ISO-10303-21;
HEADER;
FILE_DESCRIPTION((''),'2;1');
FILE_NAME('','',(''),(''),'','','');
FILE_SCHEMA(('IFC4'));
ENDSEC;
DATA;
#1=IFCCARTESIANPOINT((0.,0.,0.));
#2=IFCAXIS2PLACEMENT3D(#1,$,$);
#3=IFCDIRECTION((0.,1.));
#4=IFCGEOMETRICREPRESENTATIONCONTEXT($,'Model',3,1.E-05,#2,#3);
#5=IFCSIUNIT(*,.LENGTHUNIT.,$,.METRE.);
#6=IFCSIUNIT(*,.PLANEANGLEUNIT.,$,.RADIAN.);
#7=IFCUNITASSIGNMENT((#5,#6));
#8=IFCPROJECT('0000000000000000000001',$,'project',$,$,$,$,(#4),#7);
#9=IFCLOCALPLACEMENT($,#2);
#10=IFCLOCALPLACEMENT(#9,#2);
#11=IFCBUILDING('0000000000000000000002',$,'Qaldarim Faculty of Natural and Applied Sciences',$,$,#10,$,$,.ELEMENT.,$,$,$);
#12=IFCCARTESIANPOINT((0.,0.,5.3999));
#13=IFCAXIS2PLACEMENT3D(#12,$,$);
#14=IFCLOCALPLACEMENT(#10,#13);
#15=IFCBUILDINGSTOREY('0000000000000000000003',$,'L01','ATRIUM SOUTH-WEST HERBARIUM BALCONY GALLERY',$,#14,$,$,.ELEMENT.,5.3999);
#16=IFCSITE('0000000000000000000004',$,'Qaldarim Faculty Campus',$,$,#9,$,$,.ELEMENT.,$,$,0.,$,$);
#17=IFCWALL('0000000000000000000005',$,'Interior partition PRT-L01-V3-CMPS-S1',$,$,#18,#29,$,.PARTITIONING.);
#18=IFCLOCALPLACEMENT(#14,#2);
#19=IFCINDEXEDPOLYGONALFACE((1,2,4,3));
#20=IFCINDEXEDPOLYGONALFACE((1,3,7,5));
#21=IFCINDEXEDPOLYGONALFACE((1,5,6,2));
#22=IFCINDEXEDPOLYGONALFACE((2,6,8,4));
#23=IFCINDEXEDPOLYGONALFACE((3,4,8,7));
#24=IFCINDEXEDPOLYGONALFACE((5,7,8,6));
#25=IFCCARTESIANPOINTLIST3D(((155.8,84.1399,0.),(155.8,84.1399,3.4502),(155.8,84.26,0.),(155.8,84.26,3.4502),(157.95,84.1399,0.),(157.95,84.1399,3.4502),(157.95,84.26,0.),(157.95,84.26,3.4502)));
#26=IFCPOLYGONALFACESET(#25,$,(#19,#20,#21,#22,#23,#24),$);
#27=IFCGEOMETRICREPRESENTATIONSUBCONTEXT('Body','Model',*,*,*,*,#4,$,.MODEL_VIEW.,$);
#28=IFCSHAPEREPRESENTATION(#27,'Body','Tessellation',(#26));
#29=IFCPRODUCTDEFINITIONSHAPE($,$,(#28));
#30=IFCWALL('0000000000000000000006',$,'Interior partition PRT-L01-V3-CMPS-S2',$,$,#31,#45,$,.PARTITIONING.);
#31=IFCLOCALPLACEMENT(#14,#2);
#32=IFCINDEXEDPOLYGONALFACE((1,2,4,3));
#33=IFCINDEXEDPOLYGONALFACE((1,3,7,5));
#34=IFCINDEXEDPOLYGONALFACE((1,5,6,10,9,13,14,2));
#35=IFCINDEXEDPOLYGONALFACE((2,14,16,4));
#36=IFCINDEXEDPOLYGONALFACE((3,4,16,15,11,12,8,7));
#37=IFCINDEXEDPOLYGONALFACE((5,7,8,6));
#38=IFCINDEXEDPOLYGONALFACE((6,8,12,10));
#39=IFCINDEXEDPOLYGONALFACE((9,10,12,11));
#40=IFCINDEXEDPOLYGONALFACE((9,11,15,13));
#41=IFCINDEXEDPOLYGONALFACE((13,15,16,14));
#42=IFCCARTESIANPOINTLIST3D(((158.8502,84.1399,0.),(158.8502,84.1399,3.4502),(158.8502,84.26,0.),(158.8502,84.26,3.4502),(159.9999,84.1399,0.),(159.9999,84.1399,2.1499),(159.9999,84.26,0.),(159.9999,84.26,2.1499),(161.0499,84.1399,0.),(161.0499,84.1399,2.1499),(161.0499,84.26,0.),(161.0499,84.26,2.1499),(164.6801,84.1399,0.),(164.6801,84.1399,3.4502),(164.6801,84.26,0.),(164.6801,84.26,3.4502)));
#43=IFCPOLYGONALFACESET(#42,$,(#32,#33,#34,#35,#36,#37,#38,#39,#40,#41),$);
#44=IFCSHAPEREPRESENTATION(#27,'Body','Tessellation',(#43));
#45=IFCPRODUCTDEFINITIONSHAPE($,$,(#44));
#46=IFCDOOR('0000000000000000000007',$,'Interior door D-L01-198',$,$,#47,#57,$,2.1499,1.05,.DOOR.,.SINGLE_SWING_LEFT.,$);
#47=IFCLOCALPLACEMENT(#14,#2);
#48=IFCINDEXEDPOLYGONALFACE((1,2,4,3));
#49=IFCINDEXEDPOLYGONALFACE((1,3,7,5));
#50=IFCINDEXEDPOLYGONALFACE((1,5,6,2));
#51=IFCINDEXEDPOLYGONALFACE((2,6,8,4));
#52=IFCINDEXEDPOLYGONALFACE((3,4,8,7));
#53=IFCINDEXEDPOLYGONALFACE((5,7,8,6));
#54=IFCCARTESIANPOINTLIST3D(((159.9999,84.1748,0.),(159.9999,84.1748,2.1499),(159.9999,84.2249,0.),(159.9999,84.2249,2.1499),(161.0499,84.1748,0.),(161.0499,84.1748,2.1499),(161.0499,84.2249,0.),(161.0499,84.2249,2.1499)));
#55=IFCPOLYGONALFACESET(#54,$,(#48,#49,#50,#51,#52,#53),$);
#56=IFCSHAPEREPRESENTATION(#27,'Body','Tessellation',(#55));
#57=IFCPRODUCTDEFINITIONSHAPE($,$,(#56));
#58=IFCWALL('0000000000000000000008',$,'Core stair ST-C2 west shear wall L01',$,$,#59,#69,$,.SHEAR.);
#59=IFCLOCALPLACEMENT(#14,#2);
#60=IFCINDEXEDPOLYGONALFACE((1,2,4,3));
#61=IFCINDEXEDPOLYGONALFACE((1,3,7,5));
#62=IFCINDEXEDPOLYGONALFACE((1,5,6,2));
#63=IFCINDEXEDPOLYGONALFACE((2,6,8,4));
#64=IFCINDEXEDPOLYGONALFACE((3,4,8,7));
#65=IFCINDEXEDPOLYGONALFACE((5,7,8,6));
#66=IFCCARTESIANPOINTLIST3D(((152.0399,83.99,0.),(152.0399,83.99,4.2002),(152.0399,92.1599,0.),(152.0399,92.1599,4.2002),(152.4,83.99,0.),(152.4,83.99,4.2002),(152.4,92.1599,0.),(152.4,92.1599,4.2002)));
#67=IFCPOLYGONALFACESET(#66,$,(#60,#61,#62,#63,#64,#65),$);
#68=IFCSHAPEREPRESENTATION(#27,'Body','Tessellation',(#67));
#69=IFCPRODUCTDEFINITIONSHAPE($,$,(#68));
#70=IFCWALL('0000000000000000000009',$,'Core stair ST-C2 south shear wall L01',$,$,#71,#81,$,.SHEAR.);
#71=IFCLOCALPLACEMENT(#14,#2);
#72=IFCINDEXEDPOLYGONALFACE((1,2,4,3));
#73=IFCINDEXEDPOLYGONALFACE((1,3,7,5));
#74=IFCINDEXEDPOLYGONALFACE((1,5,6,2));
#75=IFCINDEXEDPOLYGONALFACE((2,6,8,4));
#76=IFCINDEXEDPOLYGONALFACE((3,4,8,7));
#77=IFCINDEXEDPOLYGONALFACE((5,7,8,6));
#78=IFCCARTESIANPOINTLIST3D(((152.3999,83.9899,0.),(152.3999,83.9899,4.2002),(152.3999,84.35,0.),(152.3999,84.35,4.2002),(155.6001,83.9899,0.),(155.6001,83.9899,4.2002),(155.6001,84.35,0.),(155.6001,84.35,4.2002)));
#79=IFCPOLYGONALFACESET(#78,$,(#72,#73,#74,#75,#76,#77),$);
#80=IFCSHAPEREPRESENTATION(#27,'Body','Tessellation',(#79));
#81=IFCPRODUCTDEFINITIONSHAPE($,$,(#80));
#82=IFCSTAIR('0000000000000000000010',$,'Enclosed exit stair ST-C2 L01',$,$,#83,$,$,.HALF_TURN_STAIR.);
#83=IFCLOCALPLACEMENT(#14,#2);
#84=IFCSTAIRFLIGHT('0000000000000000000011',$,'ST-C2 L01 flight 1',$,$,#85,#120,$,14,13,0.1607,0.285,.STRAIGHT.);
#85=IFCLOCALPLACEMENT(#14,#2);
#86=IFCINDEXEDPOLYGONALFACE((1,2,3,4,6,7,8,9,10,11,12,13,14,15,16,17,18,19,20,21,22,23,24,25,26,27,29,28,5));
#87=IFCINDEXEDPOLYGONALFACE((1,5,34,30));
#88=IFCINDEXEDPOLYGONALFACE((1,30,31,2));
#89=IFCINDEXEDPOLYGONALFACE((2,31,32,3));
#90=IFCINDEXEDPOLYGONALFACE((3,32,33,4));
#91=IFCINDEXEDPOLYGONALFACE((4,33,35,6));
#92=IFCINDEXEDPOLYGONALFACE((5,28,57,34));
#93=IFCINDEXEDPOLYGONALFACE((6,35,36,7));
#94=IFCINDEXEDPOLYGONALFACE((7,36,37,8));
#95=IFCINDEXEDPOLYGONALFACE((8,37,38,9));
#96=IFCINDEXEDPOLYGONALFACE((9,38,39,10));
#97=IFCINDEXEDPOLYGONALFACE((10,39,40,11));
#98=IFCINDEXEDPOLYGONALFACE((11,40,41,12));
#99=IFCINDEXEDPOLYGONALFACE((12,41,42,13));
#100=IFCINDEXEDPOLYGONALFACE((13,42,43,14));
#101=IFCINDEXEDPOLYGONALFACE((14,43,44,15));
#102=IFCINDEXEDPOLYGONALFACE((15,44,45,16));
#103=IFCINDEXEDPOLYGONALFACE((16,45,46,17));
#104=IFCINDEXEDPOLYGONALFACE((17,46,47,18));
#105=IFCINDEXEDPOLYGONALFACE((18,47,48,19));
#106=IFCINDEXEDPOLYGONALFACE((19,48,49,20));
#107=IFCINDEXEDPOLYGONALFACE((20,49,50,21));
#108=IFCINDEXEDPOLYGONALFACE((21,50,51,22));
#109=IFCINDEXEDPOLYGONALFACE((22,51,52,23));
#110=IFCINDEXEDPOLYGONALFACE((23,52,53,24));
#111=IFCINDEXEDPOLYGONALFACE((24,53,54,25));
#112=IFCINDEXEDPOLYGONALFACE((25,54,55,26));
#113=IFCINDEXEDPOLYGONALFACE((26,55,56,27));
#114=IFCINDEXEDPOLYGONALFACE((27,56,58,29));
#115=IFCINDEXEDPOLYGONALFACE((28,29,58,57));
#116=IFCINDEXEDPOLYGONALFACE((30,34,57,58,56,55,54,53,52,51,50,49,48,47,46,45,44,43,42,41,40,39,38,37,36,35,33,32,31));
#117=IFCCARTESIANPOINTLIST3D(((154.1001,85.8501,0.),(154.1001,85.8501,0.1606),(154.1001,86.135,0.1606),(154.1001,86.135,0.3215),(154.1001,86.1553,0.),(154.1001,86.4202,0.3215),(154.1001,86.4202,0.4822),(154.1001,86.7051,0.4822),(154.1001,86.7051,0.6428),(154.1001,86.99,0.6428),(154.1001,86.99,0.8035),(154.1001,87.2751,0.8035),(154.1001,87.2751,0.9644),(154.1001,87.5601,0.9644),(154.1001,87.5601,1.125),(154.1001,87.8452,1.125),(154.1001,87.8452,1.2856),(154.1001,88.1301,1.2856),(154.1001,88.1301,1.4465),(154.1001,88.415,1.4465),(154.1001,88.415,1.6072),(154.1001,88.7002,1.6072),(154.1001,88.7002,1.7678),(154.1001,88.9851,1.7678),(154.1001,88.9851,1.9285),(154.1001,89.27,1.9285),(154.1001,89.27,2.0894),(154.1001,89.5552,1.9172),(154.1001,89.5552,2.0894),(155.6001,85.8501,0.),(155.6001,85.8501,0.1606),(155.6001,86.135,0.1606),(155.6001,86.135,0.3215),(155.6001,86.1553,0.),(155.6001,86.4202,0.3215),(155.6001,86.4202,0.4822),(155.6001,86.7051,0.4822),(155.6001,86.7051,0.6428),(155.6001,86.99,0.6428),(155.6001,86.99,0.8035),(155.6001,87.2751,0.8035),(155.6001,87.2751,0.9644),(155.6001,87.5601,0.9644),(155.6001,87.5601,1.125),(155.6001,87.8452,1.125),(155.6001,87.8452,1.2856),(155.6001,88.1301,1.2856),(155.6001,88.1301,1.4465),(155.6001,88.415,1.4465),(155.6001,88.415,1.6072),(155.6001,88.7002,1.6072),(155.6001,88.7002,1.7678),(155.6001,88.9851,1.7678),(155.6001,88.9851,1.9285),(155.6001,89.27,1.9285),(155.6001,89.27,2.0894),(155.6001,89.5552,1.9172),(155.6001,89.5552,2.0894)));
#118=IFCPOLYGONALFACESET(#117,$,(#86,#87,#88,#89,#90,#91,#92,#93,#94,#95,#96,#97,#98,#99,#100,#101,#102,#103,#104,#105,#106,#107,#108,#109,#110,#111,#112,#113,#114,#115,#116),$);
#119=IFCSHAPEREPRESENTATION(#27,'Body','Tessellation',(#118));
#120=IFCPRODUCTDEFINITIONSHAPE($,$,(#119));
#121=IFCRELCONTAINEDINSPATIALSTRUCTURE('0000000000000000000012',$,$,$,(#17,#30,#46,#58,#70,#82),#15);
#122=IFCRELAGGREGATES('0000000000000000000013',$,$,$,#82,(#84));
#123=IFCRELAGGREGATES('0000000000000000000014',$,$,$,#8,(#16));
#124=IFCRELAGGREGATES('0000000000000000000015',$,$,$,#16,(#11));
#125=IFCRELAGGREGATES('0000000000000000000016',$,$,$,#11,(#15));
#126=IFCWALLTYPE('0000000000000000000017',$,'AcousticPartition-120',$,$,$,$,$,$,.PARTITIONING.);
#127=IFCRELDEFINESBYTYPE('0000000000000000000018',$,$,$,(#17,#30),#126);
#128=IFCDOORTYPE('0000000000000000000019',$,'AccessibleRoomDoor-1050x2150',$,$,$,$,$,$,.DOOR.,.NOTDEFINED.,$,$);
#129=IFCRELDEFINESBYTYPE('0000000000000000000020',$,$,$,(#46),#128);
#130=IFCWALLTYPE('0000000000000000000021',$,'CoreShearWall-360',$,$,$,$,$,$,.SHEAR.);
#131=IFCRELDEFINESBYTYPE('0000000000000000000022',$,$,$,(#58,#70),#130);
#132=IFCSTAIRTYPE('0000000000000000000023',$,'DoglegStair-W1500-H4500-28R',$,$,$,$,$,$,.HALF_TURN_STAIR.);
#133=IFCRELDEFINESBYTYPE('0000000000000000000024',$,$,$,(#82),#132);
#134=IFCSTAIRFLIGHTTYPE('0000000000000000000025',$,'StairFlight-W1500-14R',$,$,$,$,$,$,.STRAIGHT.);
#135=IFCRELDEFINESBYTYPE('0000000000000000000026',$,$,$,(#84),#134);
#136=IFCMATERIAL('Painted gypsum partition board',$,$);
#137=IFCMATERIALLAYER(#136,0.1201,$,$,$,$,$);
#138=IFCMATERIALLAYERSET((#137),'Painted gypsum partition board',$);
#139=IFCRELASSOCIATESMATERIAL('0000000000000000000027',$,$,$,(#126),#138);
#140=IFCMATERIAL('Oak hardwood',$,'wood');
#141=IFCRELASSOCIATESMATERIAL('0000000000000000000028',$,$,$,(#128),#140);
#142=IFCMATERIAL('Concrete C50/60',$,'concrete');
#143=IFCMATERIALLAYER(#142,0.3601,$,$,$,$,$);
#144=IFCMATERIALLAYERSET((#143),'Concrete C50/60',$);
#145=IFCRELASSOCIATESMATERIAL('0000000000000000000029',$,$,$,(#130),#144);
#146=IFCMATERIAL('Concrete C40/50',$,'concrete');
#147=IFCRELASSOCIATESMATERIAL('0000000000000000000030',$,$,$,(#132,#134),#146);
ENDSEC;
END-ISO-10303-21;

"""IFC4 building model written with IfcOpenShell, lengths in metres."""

from ifc_helpers import new_model, si_unit, direction, frame, frame_2d, origin, place, context, subcontext, project, spatial, polyline, rectangle, outline, extrude, material, layer, layer_set, type_object, element, fill, aggregate, save


model = new_model("IFC4")

# Units and contexts
model_context = context("Model", 3, precision=1e-05, world=origin(), true_north=direction((0.0, 1.0)))
body_context = subcontext(model_context, "Body", "Model", "MODEL_VIEW")
ifc_project = project(units=[si_unit("LENGTHUNIT", "METRE"), si_unit("PLANEANGLEUNIT", "RADIAN")], contexts=[model_context])

# Site, building, storey
site_placement = place(None, origin())
site = spatial("IfcSite", under=ifc_project, at=site_placement, Name="Qaldarim Faculty Campus", CompositionType="ELEMENT", RefElevation=0.0)
building_placement = place(site_placement, origin())
building = spatial("IfcBuilding", under=site, at=building_placement, Name="Qaldarim Faculty of Natural and Applied Sciences", CompositionType="ELEMENT")
storey_placement = place(building_placement, frame((0.0, 0.0, 5.3999)))
storey = spatial("IfcBuildingStorey", under=building, at=storey_placement, Name="L01", Description="ATRIUM SOUTH-WEST HERBARIUM BALCONY GALLERY", CompositionType="ELEMENT", Elevation=5.3999)

# Shared definitions
ifc_material_1 = material(Name="Concrete C50/60", Category="concrete")

# Shared definitions
ifc_material_2 = material(Name="Concrete C40/50", Category="concrete")

# Wall
ifc_material_3 = material(Name="Painted gypsum partition board")
ifc_layer_1 = layer(ifc_material_3, 0.1201)
ifc_layer_set_1 = layer_set([ifc_layer_1], Name="Painted gypsum partition board")
wall_type_1 = type_object("IfcWallType", Name="AcousticPartition-120", PredefinedType="PARTITIONING", material=ifc_layer_set_1)
wall_1_placement = place(storey_placement, frame((155.8, 84.2, 0.0), z_axis=(0.0, 0.0, 1.0), x_axis=(1.0, 0.0, 0.0)))
element("IfcWall", 1, at=wall_1_placement, inside=storey, type_object=wall_type_1, Name="Interior partition PRT-L01-V3-CMPS-S1", PredefinedType="PARTITIONING", context=body_context, shape_type="SweptSolid", body=[
    extrude(rectangle(XDim=2.1499, YDim=0.1201, at=frame_2d((1.075, 0.0))), origin(), (0.0, 0.0, 1.0), 3.4502),
])

# Wall, opening, door
wall_2_placement = place(storey_placement, frame((158.8501, 84.2, 0.0), z_axis=(0.0, 0.0, 1.0), x_axis=(1.0, 0.0, 0.0)))
wall_2 = element("IfcWall", 2, at=wall_2_placement, inside=storey, type_object=wall_type_1, Name="Interior partition PRT-L01-V3-CMPS-S2", PredefinedType="PARTITIONING", context=body_context, shape_type="SweptSolid", body=[
    extrude(rectangle(XDim=5.8298, YDim=0.1201, at=frame_2d((2.915, 0.0))), origin(), (0.0, 0.0, 1.0), 3.4502),
])
opening_1_placement = place(wall_2_placement, frame((1.1499, 0.0, 0.0)))
opening_1 = element("IfcOpeningElement", 3, at=opening_1_placement, cuts=wall_2, PredefinedType="OPENING", context=body_context, shape_type="SweptSolid", body=[
    extrude(rectangle(XDim=1.05, YDim=2.1499, at=frame_2d((0.5249, 1.075))), frame((0.0, 0.0701, 0.0), z_axis=(0.0, -1.0, 0.0), x_axis=(1.0, 0.0, 0.0)), (0.0, 0.0, 1.0), 0.1401),
])
ifc_material_4 = material(Name="Oak hardwood", Category="wood")
door_type_1 = type_object("IfcDoorType", Name="AccessibleRoomDoor-1050x2150", OperationType="NOTDEFINED", PredefinedType="DOOR", material=ifc_material_4)
door_1_placement = place(opening_1_placement, origin())
door_1 = element("IfcDoor", 4, at=door_1_placement, inside=storey, type_object=door_type_1, Name="Interior door D-L01-198", OperationType="SINGLE_SWING_LEFT", OverallHeight=2.1499, OverallWidth=1.05, PredefinedType="DOOR", context=body_context, shape_type="SweptSolid", body=[
    extrude(rectangle(XDim=1.05, YDim=2.1499, at=frame_2d((0.5249, 1.075))), frame((0.0, 0.0249, 0.0), z_axis=(0.0, -1.0, 0.0), x_axis=(1.0, 0.0, 0.0)), (0.0, 0.0, 1.0), 0.05),
])
fill(opening_1, door_1)

# Wall
ifc_layer_2 = layer(ifc_material_1, 0.3601)
ifc_layer_set_2 = layer_set([ifc_layer_2], Name="Concrete C50/60")
wall_type_2 = type_object("IfcWallType", Name="CoreShearWall-360", PredefinedType="SHEAR", material=ifc_layer_set_2)
wall_3_placement = place(storey_placement, frame((152.22, 83.99, 0.0), z_axis=(0.0, 0.0, 1.0), x_axis=(0.0, 1.0, 0.0)))
element("IfcWall", 5, at=wall_3_placement, inside=storey, type_object=wall_type_2, Name="Core stair ST-C2 west shear wall L01", PredefinedType="SHEAR", context=body_context, shape_type="SweptSolid", body=[
    extrude(rectangle(XDim=8.1699, YDim=0.3601, at=frame_2d((4.085, 0.0))), origin(), (0.0, 0.0, 1.0), 4.2002),
])

# Wall
wall_4_placement = place(storey_placement, frame((152.3999, 84.1699, 0.0), z_axis=(0.0, 0.0, 1.0), x_axis=(1.0, 0.0, 0.0)))
element("IfcWall", 6, at=wall_4_placement, inside=storey, type_object=wall_type_2, Name="Core stair ST-C2 south shear wall L01", PredefinedType="SHEAR", context=body_context, shape_type="SweptSolid", body=[
    extrude(rectangle(XDim=3.2002, YDim=0.3601, at=frame_2d((1.6001, 0.0))), origin(), (0.0, 0.0, 1.0), 4.2002),
])

# Stair, stair flight
stair_type = type_object("IfcStairType", Name="DoglegStair-W1500-H4500-28R", PredefinedType="HALF_TURN_STAIR", material=ifc_material_2)
stair_placement = place(storey_placement, origin())
stair = element("IfcStair", 7, at=stair_placement, inside=storey, type_object=stair_type, Name="Enclosed exit stair ST-C2 L01", PredefinedType="HALF_TURN_STAIR")
stair_flight_type = type_object("IfcStairFlightType", Name="StairFlight-W1500-14R", PredefinedType="STRAIGHT", material=ifc_material_2)
stair_flight_placement = place(storey_placement, frame((154.8501, 85.8501, 0.0), z_axis=(0.0, 0.0, 1.0), x_axis=(0.0, 1.0, 0.0)))
stair_flight = element("IfcStairFlight", 8, at=stair_flight_placement, type_object=stair_flight_type, Name="ST-C2 L01 flight 1", NumberOfRisers=14, NumberOfTreads=13, PredefinedType="STRAIGHT", RiserHeight=0.1607, TreadLength=0.285, context=body_context, shape_type="SweptSolid", body=[
    extrude(outline(polyline([(0.0, 0.0), (0.0, 0.1606), (0.2849, 0.1606), (0.2849, 0.3215), (0.5701, 0.3215), (0.5701, 0.4822), (0.855, 0.4822), (0.855, 0.6428), (1.1399, 0.6428), (1.1399, 0.8035), (1.425, 0.8035), (1.425, 0.9644), (1.71, 0.9644), (1.71, 1.125), (1.9951, 1.125), (1.9951, 1.2856), (2.28, 1.2856), (2.28, 1.4465), (2.5649, 1.4465), (2.5649, 1.6072), (2.8501, 1.6072), (2.8501, 1.7678), (3.135, 1.7678), (3.135, 1.9285), (3.4199, 1.9285), (3.4199, 2.0894), (3.7051, 2.0894), (3.7051, 2.25), (3.7051, 1.9172), (0.3052, 0.0), (0.0, 0.0)])), frame((0.0, 0.75, 0.0), z_axis=(0.0, -1.0, 0.0), x_axis=(1.0, 0.0, 0.0)), (0.0, 0.0, 1.0), 1.5),
])
aggregate(stair, [stair_flight])

save(model, "model.ifc")
